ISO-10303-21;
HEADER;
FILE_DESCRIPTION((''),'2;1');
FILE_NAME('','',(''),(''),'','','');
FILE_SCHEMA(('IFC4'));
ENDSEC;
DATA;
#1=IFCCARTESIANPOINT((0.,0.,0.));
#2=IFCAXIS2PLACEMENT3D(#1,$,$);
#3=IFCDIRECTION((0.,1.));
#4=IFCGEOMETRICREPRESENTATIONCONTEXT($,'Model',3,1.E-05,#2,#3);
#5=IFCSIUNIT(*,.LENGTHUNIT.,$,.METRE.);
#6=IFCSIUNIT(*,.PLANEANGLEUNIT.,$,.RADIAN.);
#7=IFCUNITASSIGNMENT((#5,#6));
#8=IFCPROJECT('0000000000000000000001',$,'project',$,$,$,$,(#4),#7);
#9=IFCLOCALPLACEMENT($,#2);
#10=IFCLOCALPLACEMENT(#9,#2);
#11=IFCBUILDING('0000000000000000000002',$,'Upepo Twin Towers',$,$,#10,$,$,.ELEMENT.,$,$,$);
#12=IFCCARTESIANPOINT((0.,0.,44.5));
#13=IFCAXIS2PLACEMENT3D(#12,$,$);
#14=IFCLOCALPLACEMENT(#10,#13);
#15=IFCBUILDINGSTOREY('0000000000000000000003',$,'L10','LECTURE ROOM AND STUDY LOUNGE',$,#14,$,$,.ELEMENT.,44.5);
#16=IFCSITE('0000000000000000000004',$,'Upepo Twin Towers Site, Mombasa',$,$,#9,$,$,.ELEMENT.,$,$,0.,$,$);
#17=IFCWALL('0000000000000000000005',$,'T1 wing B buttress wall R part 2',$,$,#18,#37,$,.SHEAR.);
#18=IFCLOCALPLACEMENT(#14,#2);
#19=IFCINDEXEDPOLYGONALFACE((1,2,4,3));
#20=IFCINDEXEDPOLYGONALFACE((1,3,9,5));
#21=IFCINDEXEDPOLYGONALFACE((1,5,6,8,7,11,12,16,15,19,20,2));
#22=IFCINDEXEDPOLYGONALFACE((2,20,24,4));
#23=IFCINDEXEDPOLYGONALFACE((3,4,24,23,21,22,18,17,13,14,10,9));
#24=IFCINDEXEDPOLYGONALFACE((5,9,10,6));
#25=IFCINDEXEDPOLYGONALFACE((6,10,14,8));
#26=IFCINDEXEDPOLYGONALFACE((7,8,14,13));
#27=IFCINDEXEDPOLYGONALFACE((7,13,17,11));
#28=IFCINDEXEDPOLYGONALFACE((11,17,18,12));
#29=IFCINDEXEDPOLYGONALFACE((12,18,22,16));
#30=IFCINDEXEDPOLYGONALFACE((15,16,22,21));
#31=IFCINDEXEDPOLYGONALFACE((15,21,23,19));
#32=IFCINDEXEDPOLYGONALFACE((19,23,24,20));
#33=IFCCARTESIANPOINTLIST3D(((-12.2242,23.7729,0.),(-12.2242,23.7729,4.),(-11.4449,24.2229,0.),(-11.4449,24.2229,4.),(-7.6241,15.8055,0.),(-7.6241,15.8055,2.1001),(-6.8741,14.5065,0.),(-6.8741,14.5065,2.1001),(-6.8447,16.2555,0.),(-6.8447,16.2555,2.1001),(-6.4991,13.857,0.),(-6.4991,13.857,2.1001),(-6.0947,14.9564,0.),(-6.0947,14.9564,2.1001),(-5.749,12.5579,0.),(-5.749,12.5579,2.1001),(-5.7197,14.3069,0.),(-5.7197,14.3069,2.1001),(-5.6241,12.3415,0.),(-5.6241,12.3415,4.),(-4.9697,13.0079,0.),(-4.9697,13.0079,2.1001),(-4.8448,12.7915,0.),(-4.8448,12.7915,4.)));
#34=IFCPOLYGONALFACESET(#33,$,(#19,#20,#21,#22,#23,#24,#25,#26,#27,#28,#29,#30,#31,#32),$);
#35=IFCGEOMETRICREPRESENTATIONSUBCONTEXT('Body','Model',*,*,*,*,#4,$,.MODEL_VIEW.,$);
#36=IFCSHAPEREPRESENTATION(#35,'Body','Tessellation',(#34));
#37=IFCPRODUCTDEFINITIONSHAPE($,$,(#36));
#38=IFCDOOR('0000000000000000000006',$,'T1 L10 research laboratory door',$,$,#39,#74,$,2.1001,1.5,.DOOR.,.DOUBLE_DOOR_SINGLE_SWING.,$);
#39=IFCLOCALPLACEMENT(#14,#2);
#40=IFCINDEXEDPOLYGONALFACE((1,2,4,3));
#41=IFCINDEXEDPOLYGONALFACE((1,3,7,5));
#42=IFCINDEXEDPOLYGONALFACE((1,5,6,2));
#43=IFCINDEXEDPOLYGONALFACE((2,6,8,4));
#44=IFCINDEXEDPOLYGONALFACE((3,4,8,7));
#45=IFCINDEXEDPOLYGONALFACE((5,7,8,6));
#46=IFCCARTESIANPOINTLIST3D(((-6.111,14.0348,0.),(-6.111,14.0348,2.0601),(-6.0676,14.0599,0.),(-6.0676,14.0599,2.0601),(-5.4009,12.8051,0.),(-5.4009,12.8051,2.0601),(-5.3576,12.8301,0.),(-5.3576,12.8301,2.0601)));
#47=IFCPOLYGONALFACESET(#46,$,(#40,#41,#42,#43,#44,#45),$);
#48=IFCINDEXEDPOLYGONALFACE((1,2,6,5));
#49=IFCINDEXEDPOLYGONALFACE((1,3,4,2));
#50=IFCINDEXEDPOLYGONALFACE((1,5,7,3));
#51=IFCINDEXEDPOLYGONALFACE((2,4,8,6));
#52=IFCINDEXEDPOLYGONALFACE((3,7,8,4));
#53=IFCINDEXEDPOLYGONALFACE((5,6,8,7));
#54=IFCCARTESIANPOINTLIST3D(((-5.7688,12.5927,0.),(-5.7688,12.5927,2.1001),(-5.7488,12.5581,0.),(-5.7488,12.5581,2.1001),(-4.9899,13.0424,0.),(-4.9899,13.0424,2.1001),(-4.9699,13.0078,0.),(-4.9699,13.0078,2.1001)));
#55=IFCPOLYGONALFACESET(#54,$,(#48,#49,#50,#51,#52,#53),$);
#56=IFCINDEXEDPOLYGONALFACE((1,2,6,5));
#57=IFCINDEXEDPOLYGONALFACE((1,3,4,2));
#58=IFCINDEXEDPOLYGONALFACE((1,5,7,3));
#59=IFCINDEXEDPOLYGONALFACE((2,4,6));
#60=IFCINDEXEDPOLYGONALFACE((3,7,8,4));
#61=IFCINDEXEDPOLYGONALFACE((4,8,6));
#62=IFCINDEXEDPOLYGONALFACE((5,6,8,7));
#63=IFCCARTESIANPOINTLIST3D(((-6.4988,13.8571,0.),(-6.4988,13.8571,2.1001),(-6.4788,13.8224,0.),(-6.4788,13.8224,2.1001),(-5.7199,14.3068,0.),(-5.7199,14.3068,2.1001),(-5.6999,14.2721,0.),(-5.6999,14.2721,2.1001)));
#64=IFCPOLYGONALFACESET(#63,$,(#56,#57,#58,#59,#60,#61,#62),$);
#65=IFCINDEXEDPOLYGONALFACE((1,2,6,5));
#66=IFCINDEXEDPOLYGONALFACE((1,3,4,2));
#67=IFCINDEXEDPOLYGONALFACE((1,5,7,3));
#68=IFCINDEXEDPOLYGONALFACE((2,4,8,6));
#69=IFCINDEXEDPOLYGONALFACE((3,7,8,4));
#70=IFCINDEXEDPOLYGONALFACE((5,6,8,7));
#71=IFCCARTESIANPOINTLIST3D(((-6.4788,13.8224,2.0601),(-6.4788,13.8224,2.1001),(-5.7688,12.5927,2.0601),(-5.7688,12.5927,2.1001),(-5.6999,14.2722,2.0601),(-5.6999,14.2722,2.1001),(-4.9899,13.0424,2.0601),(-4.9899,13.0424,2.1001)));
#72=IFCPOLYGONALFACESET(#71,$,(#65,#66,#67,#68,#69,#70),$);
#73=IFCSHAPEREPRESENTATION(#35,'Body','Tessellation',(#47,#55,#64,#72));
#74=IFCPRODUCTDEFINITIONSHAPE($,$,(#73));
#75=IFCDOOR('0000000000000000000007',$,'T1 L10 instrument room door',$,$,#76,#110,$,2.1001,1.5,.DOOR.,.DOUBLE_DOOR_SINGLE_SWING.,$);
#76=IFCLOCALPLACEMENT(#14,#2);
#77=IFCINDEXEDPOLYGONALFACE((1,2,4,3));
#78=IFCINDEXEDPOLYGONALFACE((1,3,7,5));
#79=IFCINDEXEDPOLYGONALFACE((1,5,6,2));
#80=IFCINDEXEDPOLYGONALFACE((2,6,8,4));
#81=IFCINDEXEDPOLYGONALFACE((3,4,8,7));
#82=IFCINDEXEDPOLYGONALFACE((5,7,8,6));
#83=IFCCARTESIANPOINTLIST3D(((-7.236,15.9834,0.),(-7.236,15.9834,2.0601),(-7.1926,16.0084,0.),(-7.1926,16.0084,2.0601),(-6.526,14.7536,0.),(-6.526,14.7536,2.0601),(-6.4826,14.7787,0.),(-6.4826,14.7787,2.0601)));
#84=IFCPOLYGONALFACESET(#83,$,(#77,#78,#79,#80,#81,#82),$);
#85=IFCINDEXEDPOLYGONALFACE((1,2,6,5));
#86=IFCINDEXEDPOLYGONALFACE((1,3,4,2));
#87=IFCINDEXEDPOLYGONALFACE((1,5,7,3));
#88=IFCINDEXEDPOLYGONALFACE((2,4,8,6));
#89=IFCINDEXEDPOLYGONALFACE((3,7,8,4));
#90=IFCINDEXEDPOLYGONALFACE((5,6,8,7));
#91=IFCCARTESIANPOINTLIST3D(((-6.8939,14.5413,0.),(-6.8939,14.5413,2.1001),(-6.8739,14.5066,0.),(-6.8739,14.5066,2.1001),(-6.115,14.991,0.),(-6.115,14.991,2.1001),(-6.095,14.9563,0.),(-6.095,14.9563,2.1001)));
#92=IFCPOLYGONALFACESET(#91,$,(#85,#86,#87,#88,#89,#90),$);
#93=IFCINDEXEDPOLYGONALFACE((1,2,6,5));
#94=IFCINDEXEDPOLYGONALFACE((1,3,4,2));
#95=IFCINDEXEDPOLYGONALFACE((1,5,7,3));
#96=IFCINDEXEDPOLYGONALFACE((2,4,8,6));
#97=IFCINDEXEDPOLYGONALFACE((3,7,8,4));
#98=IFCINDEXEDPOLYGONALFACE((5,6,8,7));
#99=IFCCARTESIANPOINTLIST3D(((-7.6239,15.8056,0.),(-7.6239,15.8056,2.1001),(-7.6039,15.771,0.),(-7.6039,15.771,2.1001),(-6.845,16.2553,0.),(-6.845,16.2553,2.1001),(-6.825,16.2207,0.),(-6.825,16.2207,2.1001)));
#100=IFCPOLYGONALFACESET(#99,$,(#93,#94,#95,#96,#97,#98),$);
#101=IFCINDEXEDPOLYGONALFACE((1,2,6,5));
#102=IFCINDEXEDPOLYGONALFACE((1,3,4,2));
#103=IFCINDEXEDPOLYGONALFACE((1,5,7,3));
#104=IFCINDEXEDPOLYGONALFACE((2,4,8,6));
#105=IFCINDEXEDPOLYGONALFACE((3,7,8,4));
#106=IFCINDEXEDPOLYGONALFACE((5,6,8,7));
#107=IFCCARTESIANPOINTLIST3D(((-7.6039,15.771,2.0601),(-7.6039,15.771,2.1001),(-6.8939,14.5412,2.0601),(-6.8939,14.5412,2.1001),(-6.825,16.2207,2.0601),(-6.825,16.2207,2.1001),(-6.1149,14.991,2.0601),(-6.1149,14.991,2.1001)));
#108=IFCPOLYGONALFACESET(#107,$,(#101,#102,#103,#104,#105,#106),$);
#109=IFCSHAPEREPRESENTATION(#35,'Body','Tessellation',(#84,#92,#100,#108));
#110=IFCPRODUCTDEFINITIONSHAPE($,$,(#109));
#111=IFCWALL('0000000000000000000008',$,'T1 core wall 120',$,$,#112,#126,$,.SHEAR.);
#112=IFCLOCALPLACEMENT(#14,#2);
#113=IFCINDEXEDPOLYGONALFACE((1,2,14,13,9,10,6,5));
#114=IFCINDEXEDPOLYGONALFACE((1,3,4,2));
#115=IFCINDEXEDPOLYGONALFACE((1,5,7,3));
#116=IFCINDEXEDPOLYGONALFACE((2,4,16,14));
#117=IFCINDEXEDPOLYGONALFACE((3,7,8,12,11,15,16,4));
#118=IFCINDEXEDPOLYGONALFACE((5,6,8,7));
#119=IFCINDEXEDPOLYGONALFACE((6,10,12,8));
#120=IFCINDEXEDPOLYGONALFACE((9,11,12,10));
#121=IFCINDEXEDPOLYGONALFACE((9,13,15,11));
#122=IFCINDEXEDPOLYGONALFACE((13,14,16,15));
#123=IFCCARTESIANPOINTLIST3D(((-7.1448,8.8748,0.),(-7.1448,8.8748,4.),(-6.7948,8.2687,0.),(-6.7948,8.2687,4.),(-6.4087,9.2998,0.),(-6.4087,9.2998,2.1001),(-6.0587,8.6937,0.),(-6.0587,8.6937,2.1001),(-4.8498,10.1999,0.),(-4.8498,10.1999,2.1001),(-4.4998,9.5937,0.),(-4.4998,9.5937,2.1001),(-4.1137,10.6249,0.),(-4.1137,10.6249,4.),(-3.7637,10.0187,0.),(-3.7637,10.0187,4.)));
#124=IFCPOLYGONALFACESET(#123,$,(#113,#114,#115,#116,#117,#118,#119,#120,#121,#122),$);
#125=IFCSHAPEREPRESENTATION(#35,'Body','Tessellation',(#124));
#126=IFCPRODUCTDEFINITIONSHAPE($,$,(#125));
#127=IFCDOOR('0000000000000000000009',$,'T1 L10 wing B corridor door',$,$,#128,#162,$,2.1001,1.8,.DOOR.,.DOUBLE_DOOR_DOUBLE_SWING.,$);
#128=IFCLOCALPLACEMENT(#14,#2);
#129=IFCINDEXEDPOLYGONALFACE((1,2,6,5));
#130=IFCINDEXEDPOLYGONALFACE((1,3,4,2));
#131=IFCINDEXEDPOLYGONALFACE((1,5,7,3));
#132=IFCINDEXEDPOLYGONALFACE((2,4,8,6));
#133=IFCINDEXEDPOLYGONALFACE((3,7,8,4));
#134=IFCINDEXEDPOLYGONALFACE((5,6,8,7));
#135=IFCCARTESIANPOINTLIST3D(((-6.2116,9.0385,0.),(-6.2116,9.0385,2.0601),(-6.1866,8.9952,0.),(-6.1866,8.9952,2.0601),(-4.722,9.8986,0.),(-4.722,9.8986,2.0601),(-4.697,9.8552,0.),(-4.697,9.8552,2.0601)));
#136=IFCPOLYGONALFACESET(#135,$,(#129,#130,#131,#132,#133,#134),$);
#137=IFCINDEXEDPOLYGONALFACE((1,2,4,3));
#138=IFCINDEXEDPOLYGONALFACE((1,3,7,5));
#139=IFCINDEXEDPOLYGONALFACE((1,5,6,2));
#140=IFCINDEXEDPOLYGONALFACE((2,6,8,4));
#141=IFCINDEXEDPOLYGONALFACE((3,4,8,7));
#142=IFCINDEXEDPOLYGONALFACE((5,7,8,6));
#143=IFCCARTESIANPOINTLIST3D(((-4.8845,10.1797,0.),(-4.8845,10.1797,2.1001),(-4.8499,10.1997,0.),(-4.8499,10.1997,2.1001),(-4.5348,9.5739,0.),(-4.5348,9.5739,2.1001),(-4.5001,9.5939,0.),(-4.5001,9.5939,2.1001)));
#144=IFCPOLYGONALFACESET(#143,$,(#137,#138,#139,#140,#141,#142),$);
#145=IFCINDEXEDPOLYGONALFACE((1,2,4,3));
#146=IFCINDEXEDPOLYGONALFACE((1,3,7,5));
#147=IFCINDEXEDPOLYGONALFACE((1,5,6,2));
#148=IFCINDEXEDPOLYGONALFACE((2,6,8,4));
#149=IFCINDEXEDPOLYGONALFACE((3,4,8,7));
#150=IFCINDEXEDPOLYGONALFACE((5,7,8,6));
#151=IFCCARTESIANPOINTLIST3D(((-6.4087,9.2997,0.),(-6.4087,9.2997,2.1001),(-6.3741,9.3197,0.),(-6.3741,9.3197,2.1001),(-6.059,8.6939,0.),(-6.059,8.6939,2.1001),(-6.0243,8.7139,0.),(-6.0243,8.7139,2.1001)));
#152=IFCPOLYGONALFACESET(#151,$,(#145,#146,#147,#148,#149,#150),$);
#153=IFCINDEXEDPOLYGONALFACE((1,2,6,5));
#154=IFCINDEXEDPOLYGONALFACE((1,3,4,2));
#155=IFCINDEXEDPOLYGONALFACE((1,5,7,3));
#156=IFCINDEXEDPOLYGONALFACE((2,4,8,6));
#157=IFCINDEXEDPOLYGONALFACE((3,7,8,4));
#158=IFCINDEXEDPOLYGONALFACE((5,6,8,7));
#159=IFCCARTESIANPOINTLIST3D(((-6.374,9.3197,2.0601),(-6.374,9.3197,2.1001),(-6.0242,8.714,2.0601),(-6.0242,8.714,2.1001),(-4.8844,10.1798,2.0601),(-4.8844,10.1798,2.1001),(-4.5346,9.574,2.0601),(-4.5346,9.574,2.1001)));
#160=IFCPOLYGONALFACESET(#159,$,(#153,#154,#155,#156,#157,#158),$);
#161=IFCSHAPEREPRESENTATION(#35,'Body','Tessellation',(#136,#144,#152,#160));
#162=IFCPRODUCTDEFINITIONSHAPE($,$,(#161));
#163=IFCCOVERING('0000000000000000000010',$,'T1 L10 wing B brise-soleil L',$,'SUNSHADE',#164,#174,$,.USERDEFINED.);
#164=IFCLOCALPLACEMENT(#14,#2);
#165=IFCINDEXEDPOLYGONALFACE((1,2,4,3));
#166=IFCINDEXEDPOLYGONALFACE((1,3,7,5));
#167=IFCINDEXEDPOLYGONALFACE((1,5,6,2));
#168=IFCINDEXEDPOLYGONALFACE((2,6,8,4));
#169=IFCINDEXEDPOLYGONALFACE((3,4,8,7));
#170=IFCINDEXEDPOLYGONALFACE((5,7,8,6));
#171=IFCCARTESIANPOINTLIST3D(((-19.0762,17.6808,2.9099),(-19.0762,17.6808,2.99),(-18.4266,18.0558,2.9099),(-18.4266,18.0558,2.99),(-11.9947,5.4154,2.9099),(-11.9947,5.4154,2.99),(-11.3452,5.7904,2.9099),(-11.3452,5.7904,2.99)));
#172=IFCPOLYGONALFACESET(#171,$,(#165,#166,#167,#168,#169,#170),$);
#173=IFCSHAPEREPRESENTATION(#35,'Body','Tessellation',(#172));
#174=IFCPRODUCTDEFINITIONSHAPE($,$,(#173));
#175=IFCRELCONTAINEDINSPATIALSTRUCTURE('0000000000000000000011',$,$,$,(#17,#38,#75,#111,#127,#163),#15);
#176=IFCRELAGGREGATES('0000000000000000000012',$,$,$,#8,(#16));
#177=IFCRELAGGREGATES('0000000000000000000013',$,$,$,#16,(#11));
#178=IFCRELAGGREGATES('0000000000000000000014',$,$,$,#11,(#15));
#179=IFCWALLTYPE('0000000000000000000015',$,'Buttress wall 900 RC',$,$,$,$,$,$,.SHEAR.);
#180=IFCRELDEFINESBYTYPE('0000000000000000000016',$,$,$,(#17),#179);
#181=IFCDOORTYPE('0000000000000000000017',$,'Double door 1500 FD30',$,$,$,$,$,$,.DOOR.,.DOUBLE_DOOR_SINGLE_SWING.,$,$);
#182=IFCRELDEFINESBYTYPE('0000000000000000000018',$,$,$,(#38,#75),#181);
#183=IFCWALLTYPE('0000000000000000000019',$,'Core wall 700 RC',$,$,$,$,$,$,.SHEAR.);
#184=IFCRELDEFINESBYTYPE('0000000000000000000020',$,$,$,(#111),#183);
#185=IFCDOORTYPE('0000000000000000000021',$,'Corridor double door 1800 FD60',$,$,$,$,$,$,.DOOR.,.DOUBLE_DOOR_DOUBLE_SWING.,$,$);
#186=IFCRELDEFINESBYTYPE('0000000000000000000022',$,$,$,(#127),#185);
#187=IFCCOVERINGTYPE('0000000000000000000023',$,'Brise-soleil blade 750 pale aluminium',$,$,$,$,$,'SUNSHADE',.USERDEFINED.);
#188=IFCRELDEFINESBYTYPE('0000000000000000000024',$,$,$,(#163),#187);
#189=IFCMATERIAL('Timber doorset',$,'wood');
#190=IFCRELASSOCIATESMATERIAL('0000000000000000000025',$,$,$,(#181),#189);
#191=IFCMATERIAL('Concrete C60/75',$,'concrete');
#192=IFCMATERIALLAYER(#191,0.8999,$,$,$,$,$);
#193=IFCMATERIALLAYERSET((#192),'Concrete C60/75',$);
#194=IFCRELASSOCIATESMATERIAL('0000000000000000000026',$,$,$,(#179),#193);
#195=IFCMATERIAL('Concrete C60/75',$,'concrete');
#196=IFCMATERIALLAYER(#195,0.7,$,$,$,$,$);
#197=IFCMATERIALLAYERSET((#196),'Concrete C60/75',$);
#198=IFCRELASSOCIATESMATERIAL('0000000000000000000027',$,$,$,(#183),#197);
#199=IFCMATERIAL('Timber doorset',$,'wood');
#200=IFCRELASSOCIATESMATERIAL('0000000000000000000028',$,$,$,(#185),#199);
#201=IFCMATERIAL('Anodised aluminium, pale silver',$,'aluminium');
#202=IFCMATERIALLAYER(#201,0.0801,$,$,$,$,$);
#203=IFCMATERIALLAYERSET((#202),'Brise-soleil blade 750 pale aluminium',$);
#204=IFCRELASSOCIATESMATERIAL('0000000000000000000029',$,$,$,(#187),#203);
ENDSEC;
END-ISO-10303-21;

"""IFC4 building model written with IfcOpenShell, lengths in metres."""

from ifc_helpers import new_model, si_unit, direction, frame, frame_2d, origin, origin_2d, place, context, subcontext, project, spatial, rectangle, extrude, material, layer, layer_set, type_object, element, fill, save


model = new_model("IFC4")

# Units and contexts
model_context = context("Model", 3, precision=1e-05, world=origin(), true_north=direction((0.0, 1.0)))
body_context = subcontext(model_context, "Body", "Model", "MODEL_VIEW")
ifc_project = project(units=[si_unit("LENGTHUNIT", "METRE"), si_unit("PLANEANGLEUNIT", "RADIAN")], contexts=[model_context])

# Site, building, storey
site_placement = place(None, origin())
site = spatial("IfcSite", under=ifc_project, at=site_placement, Name="Upepo Twin Towers Site, Mombasa", CompositionType="ELEMENT", RefElevation=0.0)
building_placement = place(site_placement, origin())
building = spatial("IfcBuilding", under=site, at=building_placement, Name="Upepo Twin Towers", CompositionType="ELEMENT")
storey_placement = place(building_placement, frame((0.0, 0.0, 44.5)))
storey = spatial("IfcBuildingStorey", under=building, at=storey_placement, Name="L10", Description="LECTURE ROOM AND STUDY LOUNGE", CompositionType="ELEMENT", Elevation=44.5)

# Shared definitions
ifc_material_1 = material(Name="Timber doorset", Category="wood")
door_type_1 = type_object("IfcDoorType", Name="Double door 1500 FD30", OperationType="DOUBLE_DOOR_SINGLE_SWING", PredefinedType="DOOR", material=ifc_material_1)

# Wall, openings, doors
ifc_material_2 = material(Name="Concrete C60/75", Category="concrete")
ifc_layer_1 = layer(ifc_material_2, 0.8999)
ifc_layer_set_1 = layer_set([ifc_layer_1], Name="Concrete C60/75")
wall_type_1 = type_object("IfcWallType", Name="Buttress wall 900 RC", PredefinedType="SHEAR", material=ifc_layer_set_1)
wall_1_placement = place(storey_placement, frame((-5.2344, 12.5664, 0.0), z_axis=(0.0, 0.0, 1.0), x_axis=(-0.50001, 0.86602, 0.0)))
wall_1 = element("IfcWall", 1, at=wall_1_placement, inside=storey, type_object=wall_type_1, Name="T1 wing B buttress wall R part 2", PredefinedType="SHEAR", context=body_context, shape_type="SweptSolid", body=[
    extrude(rectangle(XDim=13.2, YDim=0.8999, at=frame_2d((6.6001, 0.0))), origin(), (0.0, 0.0, 1.0), 4.0),
])
opening_1_placement = place(wall_1_placement, frame((0.25, 0.0, 0.0)))
opening_1 = element("IfcOpeningElement", 2, at=opening_1_placement, cuts=wall_1, PredefinedType="OPENING", context=body_context, shape_type="SweptSolid", body=[
    extrude(rectangle(XDim=1.5, YDim=2.1001, at=frame_2d((0.75, 1.05))), frame((0.0, 0.46, 0.0), z_axis=(0.0, -1.0, 0.0), x_axis=(1.0, 0.0, 0.0)), (0.0, 0.0, 1.0), 0.9199),
])
opening_2_placement = place(wall_1_placement, frame((2.5, 0.0, 0.0)))
opening_2 = element("IfcOpeningElement", 3, at=opening_2_placement, cuts=wall_1, PredefinedType="OPENING", context=body_context, shape_type="SweptSolid", body=[
    extrude(rectangle(XDim=1.5, YDim=2.1001, at=frame_2d((0.75, 1.05))), frame((0.0, 0.46, 0.0), z_axis=(0.0, -1.0, 0.0), x_axis=(1.0, 0.0, 0.0)), (0.0, 0.0, 1.0), 0.9199),
])
door_1_placement = place(opening_1_placement, origin())
door_1 = element("IfcDoor", 4, at=door_1_placement, inside=storey, type_object=door_type_1, Name="T1 L10 research laboratory door", OperationType="DOUBLE_DOOR_SINGLE_SWING", OverallHeight=2.1001, OverallWidth=1.5, PredefinedType="DOOR", context=body_context, shape_type="SweptSolid", body=[
    extrude(rectangle(XDim=1.42, YDim=2.0601, at=frame_2d((0.75, 1.03))), frame((0.0, 0.0249, 0.0), z_axis=(0.0, -1.0, 0.0), x_axis=(1.0, 0.0, 0.0)), (0.0, 0.0, 1.0), 0.05),
    extrude(rectangle(XDim=0.04, YDim=2.1001, at=frame_2d((0.02, 1.05))), frame((0.0, 0.4497, 0.0), z_axis=(0.0, -1.0, 0.0), x_axis=(1.0, 0.0, 0.0)), (0.0, 0.0, 1.0), 0.8994),
    extrude(rectangle(XDim=0.04, YDim=2.1001, at=frame_2d((1.48, 1.05))), frame((0.0, 0.4497, 0.0), z_axis=(0.0, -1.0, 0.0), x_axis=(1.0, 0.0, 0.0)), (0.0, 0.0, 1.0), 0.8994),
    extrude(rectangle(XDim=1.42, YDim=0.04, at=frame_2d((0.75, 2.0801))), frame((0.0, 0.4497, 0.0), z_axis=(0.0, -1.0, 0.0), x_axis=(1.0, 0.0, 0.0)), (0.0, 0.0, 1.0), 0.8994),
])
fill(opening_1, door_1)
door_2_placement = place(opening_2_placement, origin())
door_2 = element("IfcDoor", 5, at=door_2_placement, inside=storey, type_object=door_type_1, Name="T1 L10 instrument room door", OperationType="DOUBLE_DOOR_SINGLE_SWING", OverallHeight=2.1001, OverallWidth=1.5, PredefinedType="DOOR", context=body_context, shape_type="SweptSolid", body=[
    extrude(rectangle(XDim=1.42, YDim=2.0601, at=frame_2d((0.75, 1.03))), frame((0.0, 0.0249, 0.0), z_axis=(0.0, -1.0, 0.0), x_axis=(1.0, 0.0, 0.0)), (0.0, 0.0, 1.0), 0.05),
    extrude(rectangle(XDim=0.04, YDim=2.1001, at=frame_2d((0.02, 1.05))), frame((0.0, 0.4497, 0.0), z_axis=(0.0, -1.0, 0.0), x_axis=(1.0, 0.0, 0.0)), (0.0, 0.0, 1.0), 0.8994),
    extrude(rectangle(XDim=0.04, YDim=2.1001, at=frame_2d((1.48, 1.05))), frame((0.0, 0.4497, 0.0), z_axis=(0.0, -1.0, 0.0), x_axis=(1.0, 0.0, 0.0)), (0.0, 0.0, 1.0), 0.8994),
    extrude(rectangle(XDim=1.42, YDim=0.04, at=frame_2d((0.75, 2.0801))), frame((0.0, 0.4497, 0.0), z_axis=(0.0, -1.0, 0.0), x_axis=(1.0, 0.0, 0.0)), (0.0, 0.0, 1.0), 0.8994),
])
fill(opening_2, door_2)

# Wall, opening, door
ifc_material_3 = material(Name="Concrete C60/75", Category="concrete")
ifc_layer_2 = layer(ifc_material_3, 0.7)
ifc_layer_set_2 = layer_set([ifc_layer_2], Name="Concrete C60/75")
wall_type_2 = type_object("IfcWallType", Name="Core wall 700 RC", PredefinedType="SHEAR", material=ifc_layer_set_2)
wall_2_placement = place(storey_placement, frame((-3.9387, 10.3218, 0.0), z_axis=(0.0, 0.0, 1.0), x_axis=(-0.866019, -0.50001, 0.0)))
wall_2 = element("IfcWall", 6, at=wall_2_placement, inside=storey, type_object=wall_type_2, Name="T1 core wall 120", PredefinedType="SHEAR", context=body_context, shape_type="SweptSolid", body=[
    extrude(rectangle(XDim=3.5, YDim=0.7, at=frame_2d((1.75, 0.0))), origin(), (0.0, 0.0, 1.0), 4.0),
])
opening_3_placement = place(wall_2_placement, frame((0.8501, 0.0, 0.0)))
opening_3 = element("IfcOpeningElement", 7, at=opening_3_placement, cuts=wall_2, PredefinedType="OPENING", context=body_context, shape_type="SweptSolid", body=[
    extrude(rectangle(XDim=1.8, YDim=2.1001, at=frame_2d((0.8999, 1.05))), frame((0.0, 0.3599, 0.0), z_axis=(0.0, -1.0, 0.0), x_axis=(1.0, 0.0, 0.0)), (0.0, 0.0, 1.0), 0.72),
])
ifc_material_4 = material(Name="Timber doorset", Category="wood")
door_type_2 = type_object("IfcDoorType", Name="Corridor double door 1800 FD60", OperationType="DOUBLE_DOOR_DOUBLE_SWING", PredefinedType="DOOR", material=ifc_material_4)
door_3_placement = place(opening_3_placement, origin())
door_3 = element("IfcDoor", 8, at=door_3_placement, inside=storey, type_object=door_type_2, Name="T1 L10 wing B corridor door", OperationType="DOUBLE_DOOR_DOUBLE_SWING", OverallHeight=2.1001, OverallWidth=1.8, PredefinedType="DOOR", context=body_context, shape_type="SweptSolid", body=[
    extrude(rectangle(XDim=1.72, YDim=2.0601, at=frame_2d((0.8999, 1.03))), frame((0.0, 0.0249, 0.0), z_axis=(0.0, -1.0, 0.0), x_axis=(1.0, 0.0, 0.0)), (0.0, 0.0, 1.0), 0.05),
    extrude(rectangle(XDim=0.04, YDim=2.1001, at=frame_2d((0.02, 1.05))), frame((0.0, 0.3496, 0.0), z_axis=(0.0, -1.0, 0.0), x_axis=(1.0, 0.0, 0.0)), (0.0, 0.0, 1.0), 0.6995),
    extrude(rectangle(XDim=0.04, YDim=2.1001, at=frame_2d((1.78, 1.05))), frame((0.0, 0.3496, 0.0), z_axis=(0.0, -1.0, 0.0), x_axis=(1.0, 0.0, 0.0)), (0.0, 0.0, 1.0), 0.6995),
    extrude(rectangle(XDim=1.72, YDim=0.04, at=frame_2d((0.8999, 2.0801))), frame((0.0, 0.3496, 0.0), z_axis=(0.0, -1.0, 0.0), x_axis=(1.0, 0.0, 0.0)), (0.0, 0.0, 1.0), 0.6995),
])
fill(opening_3, door_3)

# Covering
ifc_material_5 = material(Name="Anodised aluminium, pale silver", Category="aluminium")
ifc_layer_3 = layer(ifc_material_5, 0.0801)
ifc_layer_set_3 = layer_set([ifc_layer_3], Name="Brise-soleil blade 750 pale aluminium")
covering_type = type_object("IfcCoveringType", Name="Brise-soleil blade 750 pale aluminium", ElementType="SUNSHADE", PredefinedType="USERDEFINED", material=ifc_layer_set_3)
covering_placement = place(storey_placement, frame((-15.2107, 11.7356, 2.9099), z_axis=(0.0, 0.0, 1.0), x_axis=(-0.5, 0.866025, 0.0)))
element("IfcCovering", 9, at=covering_placement, inside=storey, type_object=covering_type, Name="T1 L10 wing B brise-soleil L", ObjectType="SUNSHADE", PredefinedType="USERDEFINED", context=body_context, shape_type="SweptSolid", body=[
    extrude(rectangle(XDim=14.1628, YDim=0.75, at=origin_2d()), origin(), (0.0, 0.0, 1.0), 0.0801),
])

save(model, "model.ifc")
